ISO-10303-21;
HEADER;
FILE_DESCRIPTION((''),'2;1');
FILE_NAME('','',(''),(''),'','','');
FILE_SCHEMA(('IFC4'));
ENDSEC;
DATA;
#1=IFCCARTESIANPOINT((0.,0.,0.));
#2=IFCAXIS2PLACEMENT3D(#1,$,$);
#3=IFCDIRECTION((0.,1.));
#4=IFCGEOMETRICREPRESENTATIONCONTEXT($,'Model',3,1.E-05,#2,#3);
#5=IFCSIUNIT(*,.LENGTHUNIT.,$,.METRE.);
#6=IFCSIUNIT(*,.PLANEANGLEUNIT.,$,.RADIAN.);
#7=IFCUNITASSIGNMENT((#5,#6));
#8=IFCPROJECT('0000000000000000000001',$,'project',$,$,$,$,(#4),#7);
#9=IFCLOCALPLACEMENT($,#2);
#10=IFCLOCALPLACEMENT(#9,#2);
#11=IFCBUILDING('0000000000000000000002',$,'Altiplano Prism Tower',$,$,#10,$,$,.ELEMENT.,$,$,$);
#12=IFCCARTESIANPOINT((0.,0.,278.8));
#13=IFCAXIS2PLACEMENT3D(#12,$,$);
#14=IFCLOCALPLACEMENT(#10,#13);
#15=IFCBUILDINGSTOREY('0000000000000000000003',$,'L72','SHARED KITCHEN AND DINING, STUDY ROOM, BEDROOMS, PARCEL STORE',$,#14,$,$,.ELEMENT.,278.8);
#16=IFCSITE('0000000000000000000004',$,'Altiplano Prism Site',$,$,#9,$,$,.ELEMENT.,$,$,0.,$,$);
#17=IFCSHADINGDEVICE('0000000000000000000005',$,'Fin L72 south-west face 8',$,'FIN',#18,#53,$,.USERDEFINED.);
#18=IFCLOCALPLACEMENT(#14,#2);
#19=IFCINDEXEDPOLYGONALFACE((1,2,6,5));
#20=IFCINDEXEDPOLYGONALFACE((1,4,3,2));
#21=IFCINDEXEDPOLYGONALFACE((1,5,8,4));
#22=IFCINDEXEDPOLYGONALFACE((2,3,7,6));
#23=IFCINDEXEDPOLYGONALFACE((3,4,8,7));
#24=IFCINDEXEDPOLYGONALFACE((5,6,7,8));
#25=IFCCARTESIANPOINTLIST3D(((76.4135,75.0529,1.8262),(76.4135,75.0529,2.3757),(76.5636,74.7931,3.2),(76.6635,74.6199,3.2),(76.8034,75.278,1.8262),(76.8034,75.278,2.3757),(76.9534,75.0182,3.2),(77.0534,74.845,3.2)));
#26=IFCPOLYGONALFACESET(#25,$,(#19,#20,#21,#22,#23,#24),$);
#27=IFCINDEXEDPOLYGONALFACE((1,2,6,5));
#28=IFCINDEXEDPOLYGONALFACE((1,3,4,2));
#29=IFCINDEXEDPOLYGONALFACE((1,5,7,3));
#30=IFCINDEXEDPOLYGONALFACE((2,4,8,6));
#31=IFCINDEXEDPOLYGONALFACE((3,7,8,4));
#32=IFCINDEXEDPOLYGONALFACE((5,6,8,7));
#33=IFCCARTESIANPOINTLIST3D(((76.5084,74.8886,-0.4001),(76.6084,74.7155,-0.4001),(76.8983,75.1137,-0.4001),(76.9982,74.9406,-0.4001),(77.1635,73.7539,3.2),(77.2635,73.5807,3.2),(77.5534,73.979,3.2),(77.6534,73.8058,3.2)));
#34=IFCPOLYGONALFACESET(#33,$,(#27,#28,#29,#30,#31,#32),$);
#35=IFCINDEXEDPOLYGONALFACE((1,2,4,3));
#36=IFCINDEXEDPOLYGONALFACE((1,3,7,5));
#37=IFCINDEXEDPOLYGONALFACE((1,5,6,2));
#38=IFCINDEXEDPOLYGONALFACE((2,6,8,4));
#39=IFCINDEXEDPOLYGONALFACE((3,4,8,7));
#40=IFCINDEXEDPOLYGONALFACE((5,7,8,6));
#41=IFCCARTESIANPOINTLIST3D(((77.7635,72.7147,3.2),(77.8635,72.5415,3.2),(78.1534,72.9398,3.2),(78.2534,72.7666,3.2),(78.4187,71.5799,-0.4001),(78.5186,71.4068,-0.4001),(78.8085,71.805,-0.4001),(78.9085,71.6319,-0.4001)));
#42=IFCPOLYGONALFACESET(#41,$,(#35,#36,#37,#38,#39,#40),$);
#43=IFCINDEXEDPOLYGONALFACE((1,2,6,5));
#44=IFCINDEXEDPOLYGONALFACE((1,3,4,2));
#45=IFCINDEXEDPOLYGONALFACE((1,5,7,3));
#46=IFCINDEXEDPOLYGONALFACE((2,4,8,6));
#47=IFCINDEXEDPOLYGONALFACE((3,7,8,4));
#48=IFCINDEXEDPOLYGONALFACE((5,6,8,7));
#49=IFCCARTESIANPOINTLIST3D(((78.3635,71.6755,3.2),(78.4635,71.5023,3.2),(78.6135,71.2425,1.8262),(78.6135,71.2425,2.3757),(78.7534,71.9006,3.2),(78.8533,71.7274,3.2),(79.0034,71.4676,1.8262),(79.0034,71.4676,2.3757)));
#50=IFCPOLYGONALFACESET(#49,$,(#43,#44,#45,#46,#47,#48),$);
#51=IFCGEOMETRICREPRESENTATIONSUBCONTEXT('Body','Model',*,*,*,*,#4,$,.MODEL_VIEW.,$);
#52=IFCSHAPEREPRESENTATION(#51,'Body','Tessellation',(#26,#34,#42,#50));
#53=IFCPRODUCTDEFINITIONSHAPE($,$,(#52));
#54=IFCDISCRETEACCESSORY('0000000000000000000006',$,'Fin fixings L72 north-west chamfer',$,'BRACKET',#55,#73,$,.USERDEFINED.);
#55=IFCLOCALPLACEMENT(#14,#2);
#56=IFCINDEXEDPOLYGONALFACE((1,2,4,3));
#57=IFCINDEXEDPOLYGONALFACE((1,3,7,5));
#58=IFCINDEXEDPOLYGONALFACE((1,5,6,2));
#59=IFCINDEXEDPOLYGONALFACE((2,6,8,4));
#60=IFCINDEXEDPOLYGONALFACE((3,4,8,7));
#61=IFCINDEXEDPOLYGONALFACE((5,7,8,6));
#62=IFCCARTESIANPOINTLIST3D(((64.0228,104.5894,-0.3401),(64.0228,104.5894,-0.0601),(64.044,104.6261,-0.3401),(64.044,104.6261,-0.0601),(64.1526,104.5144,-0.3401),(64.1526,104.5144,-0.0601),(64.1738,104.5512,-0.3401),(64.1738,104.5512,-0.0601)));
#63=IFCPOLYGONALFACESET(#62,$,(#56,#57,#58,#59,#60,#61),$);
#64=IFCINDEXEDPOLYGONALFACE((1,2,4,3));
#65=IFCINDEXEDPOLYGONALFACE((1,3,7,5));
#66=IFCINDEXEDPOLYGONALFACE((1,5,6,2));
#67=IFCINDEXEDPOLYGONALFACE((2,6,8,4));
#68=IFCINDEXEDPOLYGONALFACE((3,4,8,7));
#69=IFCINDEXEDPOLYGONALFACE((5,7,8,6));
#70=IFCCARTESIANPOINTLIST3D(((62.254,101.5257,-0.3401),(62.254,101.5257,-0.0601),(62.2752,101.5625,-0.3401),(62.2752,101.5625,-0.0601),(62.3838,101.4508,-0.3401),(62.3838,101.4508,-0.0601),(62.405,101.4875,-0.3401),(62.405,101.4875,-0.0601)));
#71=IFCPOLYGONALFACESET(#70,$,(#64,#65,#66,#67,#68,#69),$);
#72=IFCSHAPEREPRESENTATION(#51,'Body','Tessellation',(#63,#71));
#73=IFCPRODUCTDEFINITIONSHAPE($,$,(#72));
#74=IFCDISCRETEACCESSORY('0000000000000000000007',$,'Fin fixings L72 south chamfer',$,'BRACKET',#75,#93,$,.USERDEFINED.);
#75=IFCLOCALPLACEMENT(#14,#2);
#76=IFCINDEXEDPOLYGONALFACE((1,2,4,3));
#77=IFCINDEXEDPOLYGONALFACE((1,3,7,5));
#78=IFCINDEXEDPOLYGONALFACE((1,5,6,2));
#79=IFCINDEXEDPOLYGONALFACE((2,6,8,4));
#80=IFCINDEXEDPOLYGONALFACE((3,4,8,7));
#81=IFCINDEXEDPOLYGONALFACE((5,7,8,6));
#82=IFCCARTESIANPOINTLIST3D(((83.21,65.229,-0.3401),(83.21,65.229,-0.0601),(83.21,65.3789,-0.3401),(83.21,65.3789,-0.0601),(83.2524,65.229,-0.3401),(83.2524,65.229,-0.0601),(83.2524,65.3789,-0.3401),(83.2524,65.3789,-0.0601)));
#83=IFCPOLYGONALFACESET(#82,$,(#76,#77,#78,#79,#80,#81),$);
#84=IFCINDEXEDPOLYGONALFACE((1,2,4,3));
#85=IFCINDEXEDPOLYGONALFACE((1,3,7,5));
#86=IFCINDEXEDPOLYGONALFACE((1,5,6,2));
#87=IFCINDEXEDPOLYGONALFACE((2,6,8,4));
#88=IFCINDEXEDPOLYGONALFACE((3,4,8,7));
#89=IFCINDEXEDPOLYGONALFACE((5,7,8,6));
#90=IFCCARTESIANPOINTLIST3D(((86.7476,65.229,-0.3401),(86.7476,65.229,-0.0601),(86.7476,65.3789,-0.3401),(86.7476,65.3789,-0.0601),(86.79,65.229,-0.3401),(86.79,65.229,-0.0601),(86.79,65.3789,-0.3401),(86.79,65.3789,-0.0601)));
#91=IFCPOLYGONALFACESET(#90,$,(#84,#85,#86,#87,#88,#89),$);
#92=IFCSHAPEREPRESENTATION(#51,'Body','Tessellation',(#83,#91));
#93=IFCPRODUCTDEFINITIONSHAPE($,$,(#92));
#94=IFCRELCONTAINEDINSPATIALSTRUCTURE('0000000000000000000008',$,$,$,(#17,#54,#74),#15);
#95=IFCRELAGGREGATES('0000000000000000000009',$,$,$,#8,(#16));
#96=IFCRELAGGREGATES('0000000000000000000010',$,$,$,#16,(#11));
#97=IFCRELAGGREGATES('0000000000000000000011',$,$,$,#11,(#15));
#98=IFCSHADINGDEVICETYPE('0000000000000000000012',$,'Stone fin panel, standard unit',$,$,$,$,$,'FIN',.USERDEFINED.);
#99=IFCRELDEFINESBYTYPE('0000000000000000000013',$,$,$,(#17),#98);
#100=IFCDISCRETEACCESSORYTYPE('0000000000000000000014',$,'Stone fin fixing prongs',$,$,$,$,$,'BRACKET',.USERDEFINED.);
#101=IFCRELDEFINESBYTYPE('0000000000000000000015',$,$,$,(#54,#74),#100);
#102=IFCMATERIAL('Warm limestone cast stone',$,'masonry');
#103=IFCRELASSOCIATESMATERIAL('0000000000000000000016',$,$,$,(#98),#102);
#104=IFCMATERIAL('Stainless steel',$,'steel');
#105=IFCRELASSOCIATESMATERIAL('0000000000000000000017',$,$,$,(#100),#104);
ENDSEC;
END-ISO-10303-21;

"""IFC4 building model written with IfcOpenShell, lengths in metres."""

from ifc_helpers import new_model, si_unit, direction, frame, origin, place, context, subcontext, project, spatial, polyline, outline, extrude, source, transform, mapped, material, type_object, element, save


model = new_model("IFC4")

# Units and contexts
model_context = context("Model", 3, precision=1e-05, world=origin(), true_north=direction((0.0, 1.0)))
body_context = subcontext(model_context, "Body", "Model", "MODEL_VIEW")
ifc_project = project(units=[si_unit("LENGTHUNIT", "METRE"), si_unit("PLANEANGLEUNIT", "RADIAN")], contexts=[model_context])

# Site, building, storey
site_placement = place(None, origin())
site = spatial("IfcSite", under=ifc_project, at=site_placement, Name="Altiplano Prism Site", CompositionType="ELEMENT", RefElevation=0.0)
building_placement = place(site_placement, origin())
building = spatial("IfcBuilding", under=site, at=building_placement, Name="Altiplano Prism Tower", CompositionType="ELEMENT")
storey_placement = place(building_placement, frame((0.0, 0.0, 278.8)))
storey = spatial("IfcBuildingStorey", under=building, at=storey_placement, Name="L72", Description="SHARED KITCHEN AND DINING, STUDY ROOM, BEDROOMS, PARCEL STORE", CompositionType="ELEMENT", Elevation=278.8)

# Shading device
ifc_material_1 = material(Name="Warm limestone cast stone", Category="masonry")
shading_device_type_1 = type_object("IfcShadingDeviceType", Name="Stone fin panel, standard unit", ElementType="FIN", PredefinedType="USERDEFINED", material=ifc_material_1)
shared_shape_1 = source(origin(), body_context, "Body", "SweptSolid", [
    extrude(outline(polyline([(-2.2, 2.2263), (-1.7, 3.6001), (-1.8999, 3.6001), (-2.2, 2.7759), (-2.2, 2.2263)])), frame((0.0, -0.1499, 0.0), z_axis=(0.0, -1.0, 0.0), x_axis=(1.0, 0.0, 0.0)), (0.0, 0.0, 1.0), 0.4502),
    extrude(outline(polyline([(-2.0103, 0.0), (-1.8103, 0.0), (-0.5, 3.6001), (-0.7, 3.6001), (-2.0103, 0.0)])), frame((0.0, -0.1499, 0.0), z_axis=(0.0, -1.0, 0.0), x_axis=(1.0, 0.0, 0.0)), (0.0, 0.0, 1.0), 0.4502),
    extrude(outline(polyline([(1.8103, 0.0), (2.0103, 0.0), (0.7, 3.6001), (0.5, 3.6001), (1.8103, 0.0)])), frame((0.0, -0.1499, 0.0), z_axis=(0.0, -1.0, 0.0), x_axis=(1.0, 0.0, 0.0)), (0.0, 0.0, 1.0), 0.4502),
    extrude(outline(polyline([(2.2, 2.7759), (1.8999, 3.6001), (1.7, 3.6001), (2.2, 2.2263), (2.2, 2.7759)])), frame((0.0, -0.1499, 0.0), z_axis=(0.0, -1.0, 0.0), x_axis=(1.0, 0.0, 0.0)), (0.0, 0.0, 1.0), 0.4502),
])
shading_device_1_placement = place(storey_placement, origin())
element("IfcShadingDevice", 1, at=shading_device_1_placement, inside=storey, type_object=shading_device_type_1, Name="Fin L72 south-west face 8", ObjectType="FIN", PredefinedType="USERDEFINED", context=body_context, shape_type="MappedRepresentation", body=[
    mapped(shared_shape_1, transform((78.0332, 73.4478, -0.4001), x_axis=(0.5, -0.866025, 0.0), y_axis=(0.866025, 0.5, 0.0), z_axis=(0.0, 0.0, 1.0))),
])

# Discrete accessories
ifc_material_2 = material(Name="Stainless steel", Category="steel")
discrete_accessory_type = type_object("IfcDiscreteAccessoryType", Name="Stone fin fixing prongs", ElementType="BRACKET", PredefinedType="USERDEFINED", material=ifc_material_2)
shared_shape_2 = source(origin(), body_context, "Body", "SweptSolid", [
    extrude(outline(polyline([(-1.79, 0.0601), (-1.7476, 0.0601), (-1.7476, 0.3401), (-1.79, 0.3401), (-1.79, 0.0601)])), frame((0.0, 0.0, 0.0), z_axis=(0.0, -1.0, 0.0), x_axis=(1.0, 0.0, 0.0)), (0.0, 0.0, 1.0), 0.1499),
    extrude(outline(polyline([(1.7476, 0.0601), (1.79, 0.0601), (1.79, 0.3401), (1.7476, 0.3401), (1.7476, 0.0601)])), frame((0.0, 0.0, 0.0), z_axis=(0.0, -1.0, 0.0), x_axis=(1.0, 0.0, 0.0)), (0.0, 0.0, 1.0), 0.1499),
])
discrete_accessory_1_placement = place(storey_placement, origin())
element("IfcDiscreteAccessory", 2, at=discrete_accessory_1_placement, inside=storey, type_object=discrete_accessory_type, Name="Fin fixings L72 north-west chamfer", ObjectType="BRACKET", PredefinedType="USERDEFINED", context=body_context, shape_type="MappedRepresentation", body=[
    mapped(shared_shape_2, transform((63.2788, 103.001, -0.4001), x_axis=(-0.5, -0.866025, 0.0), y_axis=(0.866025, -0.5, 0.0), z_axis=(0.0, 0.0, 1.0))),
])
discrete_accessory_2_placement = place(storey_placement, origin())
element("IfcDiscreteAccessory", 3, at=discrete_accessory_2_placement, inside=storey, type_object=discrete_accessory_type, Name="Fin fixings L72 south chamfer", ObjectType="BRACKET", PredefinedType="USERDEFINED", context=body_context, shape_type="MappedRepresentation", body=[
    mapped(shared_shape_2, transform((85.0, 65.3789, -0.4001), x_axis=(1.0, 0.0, 0.0), y_axis=(0.0, 1.0, 0.0), z_axis=(0.0, 0.0, 1.0))),
])

save(model, "model.ifc")
